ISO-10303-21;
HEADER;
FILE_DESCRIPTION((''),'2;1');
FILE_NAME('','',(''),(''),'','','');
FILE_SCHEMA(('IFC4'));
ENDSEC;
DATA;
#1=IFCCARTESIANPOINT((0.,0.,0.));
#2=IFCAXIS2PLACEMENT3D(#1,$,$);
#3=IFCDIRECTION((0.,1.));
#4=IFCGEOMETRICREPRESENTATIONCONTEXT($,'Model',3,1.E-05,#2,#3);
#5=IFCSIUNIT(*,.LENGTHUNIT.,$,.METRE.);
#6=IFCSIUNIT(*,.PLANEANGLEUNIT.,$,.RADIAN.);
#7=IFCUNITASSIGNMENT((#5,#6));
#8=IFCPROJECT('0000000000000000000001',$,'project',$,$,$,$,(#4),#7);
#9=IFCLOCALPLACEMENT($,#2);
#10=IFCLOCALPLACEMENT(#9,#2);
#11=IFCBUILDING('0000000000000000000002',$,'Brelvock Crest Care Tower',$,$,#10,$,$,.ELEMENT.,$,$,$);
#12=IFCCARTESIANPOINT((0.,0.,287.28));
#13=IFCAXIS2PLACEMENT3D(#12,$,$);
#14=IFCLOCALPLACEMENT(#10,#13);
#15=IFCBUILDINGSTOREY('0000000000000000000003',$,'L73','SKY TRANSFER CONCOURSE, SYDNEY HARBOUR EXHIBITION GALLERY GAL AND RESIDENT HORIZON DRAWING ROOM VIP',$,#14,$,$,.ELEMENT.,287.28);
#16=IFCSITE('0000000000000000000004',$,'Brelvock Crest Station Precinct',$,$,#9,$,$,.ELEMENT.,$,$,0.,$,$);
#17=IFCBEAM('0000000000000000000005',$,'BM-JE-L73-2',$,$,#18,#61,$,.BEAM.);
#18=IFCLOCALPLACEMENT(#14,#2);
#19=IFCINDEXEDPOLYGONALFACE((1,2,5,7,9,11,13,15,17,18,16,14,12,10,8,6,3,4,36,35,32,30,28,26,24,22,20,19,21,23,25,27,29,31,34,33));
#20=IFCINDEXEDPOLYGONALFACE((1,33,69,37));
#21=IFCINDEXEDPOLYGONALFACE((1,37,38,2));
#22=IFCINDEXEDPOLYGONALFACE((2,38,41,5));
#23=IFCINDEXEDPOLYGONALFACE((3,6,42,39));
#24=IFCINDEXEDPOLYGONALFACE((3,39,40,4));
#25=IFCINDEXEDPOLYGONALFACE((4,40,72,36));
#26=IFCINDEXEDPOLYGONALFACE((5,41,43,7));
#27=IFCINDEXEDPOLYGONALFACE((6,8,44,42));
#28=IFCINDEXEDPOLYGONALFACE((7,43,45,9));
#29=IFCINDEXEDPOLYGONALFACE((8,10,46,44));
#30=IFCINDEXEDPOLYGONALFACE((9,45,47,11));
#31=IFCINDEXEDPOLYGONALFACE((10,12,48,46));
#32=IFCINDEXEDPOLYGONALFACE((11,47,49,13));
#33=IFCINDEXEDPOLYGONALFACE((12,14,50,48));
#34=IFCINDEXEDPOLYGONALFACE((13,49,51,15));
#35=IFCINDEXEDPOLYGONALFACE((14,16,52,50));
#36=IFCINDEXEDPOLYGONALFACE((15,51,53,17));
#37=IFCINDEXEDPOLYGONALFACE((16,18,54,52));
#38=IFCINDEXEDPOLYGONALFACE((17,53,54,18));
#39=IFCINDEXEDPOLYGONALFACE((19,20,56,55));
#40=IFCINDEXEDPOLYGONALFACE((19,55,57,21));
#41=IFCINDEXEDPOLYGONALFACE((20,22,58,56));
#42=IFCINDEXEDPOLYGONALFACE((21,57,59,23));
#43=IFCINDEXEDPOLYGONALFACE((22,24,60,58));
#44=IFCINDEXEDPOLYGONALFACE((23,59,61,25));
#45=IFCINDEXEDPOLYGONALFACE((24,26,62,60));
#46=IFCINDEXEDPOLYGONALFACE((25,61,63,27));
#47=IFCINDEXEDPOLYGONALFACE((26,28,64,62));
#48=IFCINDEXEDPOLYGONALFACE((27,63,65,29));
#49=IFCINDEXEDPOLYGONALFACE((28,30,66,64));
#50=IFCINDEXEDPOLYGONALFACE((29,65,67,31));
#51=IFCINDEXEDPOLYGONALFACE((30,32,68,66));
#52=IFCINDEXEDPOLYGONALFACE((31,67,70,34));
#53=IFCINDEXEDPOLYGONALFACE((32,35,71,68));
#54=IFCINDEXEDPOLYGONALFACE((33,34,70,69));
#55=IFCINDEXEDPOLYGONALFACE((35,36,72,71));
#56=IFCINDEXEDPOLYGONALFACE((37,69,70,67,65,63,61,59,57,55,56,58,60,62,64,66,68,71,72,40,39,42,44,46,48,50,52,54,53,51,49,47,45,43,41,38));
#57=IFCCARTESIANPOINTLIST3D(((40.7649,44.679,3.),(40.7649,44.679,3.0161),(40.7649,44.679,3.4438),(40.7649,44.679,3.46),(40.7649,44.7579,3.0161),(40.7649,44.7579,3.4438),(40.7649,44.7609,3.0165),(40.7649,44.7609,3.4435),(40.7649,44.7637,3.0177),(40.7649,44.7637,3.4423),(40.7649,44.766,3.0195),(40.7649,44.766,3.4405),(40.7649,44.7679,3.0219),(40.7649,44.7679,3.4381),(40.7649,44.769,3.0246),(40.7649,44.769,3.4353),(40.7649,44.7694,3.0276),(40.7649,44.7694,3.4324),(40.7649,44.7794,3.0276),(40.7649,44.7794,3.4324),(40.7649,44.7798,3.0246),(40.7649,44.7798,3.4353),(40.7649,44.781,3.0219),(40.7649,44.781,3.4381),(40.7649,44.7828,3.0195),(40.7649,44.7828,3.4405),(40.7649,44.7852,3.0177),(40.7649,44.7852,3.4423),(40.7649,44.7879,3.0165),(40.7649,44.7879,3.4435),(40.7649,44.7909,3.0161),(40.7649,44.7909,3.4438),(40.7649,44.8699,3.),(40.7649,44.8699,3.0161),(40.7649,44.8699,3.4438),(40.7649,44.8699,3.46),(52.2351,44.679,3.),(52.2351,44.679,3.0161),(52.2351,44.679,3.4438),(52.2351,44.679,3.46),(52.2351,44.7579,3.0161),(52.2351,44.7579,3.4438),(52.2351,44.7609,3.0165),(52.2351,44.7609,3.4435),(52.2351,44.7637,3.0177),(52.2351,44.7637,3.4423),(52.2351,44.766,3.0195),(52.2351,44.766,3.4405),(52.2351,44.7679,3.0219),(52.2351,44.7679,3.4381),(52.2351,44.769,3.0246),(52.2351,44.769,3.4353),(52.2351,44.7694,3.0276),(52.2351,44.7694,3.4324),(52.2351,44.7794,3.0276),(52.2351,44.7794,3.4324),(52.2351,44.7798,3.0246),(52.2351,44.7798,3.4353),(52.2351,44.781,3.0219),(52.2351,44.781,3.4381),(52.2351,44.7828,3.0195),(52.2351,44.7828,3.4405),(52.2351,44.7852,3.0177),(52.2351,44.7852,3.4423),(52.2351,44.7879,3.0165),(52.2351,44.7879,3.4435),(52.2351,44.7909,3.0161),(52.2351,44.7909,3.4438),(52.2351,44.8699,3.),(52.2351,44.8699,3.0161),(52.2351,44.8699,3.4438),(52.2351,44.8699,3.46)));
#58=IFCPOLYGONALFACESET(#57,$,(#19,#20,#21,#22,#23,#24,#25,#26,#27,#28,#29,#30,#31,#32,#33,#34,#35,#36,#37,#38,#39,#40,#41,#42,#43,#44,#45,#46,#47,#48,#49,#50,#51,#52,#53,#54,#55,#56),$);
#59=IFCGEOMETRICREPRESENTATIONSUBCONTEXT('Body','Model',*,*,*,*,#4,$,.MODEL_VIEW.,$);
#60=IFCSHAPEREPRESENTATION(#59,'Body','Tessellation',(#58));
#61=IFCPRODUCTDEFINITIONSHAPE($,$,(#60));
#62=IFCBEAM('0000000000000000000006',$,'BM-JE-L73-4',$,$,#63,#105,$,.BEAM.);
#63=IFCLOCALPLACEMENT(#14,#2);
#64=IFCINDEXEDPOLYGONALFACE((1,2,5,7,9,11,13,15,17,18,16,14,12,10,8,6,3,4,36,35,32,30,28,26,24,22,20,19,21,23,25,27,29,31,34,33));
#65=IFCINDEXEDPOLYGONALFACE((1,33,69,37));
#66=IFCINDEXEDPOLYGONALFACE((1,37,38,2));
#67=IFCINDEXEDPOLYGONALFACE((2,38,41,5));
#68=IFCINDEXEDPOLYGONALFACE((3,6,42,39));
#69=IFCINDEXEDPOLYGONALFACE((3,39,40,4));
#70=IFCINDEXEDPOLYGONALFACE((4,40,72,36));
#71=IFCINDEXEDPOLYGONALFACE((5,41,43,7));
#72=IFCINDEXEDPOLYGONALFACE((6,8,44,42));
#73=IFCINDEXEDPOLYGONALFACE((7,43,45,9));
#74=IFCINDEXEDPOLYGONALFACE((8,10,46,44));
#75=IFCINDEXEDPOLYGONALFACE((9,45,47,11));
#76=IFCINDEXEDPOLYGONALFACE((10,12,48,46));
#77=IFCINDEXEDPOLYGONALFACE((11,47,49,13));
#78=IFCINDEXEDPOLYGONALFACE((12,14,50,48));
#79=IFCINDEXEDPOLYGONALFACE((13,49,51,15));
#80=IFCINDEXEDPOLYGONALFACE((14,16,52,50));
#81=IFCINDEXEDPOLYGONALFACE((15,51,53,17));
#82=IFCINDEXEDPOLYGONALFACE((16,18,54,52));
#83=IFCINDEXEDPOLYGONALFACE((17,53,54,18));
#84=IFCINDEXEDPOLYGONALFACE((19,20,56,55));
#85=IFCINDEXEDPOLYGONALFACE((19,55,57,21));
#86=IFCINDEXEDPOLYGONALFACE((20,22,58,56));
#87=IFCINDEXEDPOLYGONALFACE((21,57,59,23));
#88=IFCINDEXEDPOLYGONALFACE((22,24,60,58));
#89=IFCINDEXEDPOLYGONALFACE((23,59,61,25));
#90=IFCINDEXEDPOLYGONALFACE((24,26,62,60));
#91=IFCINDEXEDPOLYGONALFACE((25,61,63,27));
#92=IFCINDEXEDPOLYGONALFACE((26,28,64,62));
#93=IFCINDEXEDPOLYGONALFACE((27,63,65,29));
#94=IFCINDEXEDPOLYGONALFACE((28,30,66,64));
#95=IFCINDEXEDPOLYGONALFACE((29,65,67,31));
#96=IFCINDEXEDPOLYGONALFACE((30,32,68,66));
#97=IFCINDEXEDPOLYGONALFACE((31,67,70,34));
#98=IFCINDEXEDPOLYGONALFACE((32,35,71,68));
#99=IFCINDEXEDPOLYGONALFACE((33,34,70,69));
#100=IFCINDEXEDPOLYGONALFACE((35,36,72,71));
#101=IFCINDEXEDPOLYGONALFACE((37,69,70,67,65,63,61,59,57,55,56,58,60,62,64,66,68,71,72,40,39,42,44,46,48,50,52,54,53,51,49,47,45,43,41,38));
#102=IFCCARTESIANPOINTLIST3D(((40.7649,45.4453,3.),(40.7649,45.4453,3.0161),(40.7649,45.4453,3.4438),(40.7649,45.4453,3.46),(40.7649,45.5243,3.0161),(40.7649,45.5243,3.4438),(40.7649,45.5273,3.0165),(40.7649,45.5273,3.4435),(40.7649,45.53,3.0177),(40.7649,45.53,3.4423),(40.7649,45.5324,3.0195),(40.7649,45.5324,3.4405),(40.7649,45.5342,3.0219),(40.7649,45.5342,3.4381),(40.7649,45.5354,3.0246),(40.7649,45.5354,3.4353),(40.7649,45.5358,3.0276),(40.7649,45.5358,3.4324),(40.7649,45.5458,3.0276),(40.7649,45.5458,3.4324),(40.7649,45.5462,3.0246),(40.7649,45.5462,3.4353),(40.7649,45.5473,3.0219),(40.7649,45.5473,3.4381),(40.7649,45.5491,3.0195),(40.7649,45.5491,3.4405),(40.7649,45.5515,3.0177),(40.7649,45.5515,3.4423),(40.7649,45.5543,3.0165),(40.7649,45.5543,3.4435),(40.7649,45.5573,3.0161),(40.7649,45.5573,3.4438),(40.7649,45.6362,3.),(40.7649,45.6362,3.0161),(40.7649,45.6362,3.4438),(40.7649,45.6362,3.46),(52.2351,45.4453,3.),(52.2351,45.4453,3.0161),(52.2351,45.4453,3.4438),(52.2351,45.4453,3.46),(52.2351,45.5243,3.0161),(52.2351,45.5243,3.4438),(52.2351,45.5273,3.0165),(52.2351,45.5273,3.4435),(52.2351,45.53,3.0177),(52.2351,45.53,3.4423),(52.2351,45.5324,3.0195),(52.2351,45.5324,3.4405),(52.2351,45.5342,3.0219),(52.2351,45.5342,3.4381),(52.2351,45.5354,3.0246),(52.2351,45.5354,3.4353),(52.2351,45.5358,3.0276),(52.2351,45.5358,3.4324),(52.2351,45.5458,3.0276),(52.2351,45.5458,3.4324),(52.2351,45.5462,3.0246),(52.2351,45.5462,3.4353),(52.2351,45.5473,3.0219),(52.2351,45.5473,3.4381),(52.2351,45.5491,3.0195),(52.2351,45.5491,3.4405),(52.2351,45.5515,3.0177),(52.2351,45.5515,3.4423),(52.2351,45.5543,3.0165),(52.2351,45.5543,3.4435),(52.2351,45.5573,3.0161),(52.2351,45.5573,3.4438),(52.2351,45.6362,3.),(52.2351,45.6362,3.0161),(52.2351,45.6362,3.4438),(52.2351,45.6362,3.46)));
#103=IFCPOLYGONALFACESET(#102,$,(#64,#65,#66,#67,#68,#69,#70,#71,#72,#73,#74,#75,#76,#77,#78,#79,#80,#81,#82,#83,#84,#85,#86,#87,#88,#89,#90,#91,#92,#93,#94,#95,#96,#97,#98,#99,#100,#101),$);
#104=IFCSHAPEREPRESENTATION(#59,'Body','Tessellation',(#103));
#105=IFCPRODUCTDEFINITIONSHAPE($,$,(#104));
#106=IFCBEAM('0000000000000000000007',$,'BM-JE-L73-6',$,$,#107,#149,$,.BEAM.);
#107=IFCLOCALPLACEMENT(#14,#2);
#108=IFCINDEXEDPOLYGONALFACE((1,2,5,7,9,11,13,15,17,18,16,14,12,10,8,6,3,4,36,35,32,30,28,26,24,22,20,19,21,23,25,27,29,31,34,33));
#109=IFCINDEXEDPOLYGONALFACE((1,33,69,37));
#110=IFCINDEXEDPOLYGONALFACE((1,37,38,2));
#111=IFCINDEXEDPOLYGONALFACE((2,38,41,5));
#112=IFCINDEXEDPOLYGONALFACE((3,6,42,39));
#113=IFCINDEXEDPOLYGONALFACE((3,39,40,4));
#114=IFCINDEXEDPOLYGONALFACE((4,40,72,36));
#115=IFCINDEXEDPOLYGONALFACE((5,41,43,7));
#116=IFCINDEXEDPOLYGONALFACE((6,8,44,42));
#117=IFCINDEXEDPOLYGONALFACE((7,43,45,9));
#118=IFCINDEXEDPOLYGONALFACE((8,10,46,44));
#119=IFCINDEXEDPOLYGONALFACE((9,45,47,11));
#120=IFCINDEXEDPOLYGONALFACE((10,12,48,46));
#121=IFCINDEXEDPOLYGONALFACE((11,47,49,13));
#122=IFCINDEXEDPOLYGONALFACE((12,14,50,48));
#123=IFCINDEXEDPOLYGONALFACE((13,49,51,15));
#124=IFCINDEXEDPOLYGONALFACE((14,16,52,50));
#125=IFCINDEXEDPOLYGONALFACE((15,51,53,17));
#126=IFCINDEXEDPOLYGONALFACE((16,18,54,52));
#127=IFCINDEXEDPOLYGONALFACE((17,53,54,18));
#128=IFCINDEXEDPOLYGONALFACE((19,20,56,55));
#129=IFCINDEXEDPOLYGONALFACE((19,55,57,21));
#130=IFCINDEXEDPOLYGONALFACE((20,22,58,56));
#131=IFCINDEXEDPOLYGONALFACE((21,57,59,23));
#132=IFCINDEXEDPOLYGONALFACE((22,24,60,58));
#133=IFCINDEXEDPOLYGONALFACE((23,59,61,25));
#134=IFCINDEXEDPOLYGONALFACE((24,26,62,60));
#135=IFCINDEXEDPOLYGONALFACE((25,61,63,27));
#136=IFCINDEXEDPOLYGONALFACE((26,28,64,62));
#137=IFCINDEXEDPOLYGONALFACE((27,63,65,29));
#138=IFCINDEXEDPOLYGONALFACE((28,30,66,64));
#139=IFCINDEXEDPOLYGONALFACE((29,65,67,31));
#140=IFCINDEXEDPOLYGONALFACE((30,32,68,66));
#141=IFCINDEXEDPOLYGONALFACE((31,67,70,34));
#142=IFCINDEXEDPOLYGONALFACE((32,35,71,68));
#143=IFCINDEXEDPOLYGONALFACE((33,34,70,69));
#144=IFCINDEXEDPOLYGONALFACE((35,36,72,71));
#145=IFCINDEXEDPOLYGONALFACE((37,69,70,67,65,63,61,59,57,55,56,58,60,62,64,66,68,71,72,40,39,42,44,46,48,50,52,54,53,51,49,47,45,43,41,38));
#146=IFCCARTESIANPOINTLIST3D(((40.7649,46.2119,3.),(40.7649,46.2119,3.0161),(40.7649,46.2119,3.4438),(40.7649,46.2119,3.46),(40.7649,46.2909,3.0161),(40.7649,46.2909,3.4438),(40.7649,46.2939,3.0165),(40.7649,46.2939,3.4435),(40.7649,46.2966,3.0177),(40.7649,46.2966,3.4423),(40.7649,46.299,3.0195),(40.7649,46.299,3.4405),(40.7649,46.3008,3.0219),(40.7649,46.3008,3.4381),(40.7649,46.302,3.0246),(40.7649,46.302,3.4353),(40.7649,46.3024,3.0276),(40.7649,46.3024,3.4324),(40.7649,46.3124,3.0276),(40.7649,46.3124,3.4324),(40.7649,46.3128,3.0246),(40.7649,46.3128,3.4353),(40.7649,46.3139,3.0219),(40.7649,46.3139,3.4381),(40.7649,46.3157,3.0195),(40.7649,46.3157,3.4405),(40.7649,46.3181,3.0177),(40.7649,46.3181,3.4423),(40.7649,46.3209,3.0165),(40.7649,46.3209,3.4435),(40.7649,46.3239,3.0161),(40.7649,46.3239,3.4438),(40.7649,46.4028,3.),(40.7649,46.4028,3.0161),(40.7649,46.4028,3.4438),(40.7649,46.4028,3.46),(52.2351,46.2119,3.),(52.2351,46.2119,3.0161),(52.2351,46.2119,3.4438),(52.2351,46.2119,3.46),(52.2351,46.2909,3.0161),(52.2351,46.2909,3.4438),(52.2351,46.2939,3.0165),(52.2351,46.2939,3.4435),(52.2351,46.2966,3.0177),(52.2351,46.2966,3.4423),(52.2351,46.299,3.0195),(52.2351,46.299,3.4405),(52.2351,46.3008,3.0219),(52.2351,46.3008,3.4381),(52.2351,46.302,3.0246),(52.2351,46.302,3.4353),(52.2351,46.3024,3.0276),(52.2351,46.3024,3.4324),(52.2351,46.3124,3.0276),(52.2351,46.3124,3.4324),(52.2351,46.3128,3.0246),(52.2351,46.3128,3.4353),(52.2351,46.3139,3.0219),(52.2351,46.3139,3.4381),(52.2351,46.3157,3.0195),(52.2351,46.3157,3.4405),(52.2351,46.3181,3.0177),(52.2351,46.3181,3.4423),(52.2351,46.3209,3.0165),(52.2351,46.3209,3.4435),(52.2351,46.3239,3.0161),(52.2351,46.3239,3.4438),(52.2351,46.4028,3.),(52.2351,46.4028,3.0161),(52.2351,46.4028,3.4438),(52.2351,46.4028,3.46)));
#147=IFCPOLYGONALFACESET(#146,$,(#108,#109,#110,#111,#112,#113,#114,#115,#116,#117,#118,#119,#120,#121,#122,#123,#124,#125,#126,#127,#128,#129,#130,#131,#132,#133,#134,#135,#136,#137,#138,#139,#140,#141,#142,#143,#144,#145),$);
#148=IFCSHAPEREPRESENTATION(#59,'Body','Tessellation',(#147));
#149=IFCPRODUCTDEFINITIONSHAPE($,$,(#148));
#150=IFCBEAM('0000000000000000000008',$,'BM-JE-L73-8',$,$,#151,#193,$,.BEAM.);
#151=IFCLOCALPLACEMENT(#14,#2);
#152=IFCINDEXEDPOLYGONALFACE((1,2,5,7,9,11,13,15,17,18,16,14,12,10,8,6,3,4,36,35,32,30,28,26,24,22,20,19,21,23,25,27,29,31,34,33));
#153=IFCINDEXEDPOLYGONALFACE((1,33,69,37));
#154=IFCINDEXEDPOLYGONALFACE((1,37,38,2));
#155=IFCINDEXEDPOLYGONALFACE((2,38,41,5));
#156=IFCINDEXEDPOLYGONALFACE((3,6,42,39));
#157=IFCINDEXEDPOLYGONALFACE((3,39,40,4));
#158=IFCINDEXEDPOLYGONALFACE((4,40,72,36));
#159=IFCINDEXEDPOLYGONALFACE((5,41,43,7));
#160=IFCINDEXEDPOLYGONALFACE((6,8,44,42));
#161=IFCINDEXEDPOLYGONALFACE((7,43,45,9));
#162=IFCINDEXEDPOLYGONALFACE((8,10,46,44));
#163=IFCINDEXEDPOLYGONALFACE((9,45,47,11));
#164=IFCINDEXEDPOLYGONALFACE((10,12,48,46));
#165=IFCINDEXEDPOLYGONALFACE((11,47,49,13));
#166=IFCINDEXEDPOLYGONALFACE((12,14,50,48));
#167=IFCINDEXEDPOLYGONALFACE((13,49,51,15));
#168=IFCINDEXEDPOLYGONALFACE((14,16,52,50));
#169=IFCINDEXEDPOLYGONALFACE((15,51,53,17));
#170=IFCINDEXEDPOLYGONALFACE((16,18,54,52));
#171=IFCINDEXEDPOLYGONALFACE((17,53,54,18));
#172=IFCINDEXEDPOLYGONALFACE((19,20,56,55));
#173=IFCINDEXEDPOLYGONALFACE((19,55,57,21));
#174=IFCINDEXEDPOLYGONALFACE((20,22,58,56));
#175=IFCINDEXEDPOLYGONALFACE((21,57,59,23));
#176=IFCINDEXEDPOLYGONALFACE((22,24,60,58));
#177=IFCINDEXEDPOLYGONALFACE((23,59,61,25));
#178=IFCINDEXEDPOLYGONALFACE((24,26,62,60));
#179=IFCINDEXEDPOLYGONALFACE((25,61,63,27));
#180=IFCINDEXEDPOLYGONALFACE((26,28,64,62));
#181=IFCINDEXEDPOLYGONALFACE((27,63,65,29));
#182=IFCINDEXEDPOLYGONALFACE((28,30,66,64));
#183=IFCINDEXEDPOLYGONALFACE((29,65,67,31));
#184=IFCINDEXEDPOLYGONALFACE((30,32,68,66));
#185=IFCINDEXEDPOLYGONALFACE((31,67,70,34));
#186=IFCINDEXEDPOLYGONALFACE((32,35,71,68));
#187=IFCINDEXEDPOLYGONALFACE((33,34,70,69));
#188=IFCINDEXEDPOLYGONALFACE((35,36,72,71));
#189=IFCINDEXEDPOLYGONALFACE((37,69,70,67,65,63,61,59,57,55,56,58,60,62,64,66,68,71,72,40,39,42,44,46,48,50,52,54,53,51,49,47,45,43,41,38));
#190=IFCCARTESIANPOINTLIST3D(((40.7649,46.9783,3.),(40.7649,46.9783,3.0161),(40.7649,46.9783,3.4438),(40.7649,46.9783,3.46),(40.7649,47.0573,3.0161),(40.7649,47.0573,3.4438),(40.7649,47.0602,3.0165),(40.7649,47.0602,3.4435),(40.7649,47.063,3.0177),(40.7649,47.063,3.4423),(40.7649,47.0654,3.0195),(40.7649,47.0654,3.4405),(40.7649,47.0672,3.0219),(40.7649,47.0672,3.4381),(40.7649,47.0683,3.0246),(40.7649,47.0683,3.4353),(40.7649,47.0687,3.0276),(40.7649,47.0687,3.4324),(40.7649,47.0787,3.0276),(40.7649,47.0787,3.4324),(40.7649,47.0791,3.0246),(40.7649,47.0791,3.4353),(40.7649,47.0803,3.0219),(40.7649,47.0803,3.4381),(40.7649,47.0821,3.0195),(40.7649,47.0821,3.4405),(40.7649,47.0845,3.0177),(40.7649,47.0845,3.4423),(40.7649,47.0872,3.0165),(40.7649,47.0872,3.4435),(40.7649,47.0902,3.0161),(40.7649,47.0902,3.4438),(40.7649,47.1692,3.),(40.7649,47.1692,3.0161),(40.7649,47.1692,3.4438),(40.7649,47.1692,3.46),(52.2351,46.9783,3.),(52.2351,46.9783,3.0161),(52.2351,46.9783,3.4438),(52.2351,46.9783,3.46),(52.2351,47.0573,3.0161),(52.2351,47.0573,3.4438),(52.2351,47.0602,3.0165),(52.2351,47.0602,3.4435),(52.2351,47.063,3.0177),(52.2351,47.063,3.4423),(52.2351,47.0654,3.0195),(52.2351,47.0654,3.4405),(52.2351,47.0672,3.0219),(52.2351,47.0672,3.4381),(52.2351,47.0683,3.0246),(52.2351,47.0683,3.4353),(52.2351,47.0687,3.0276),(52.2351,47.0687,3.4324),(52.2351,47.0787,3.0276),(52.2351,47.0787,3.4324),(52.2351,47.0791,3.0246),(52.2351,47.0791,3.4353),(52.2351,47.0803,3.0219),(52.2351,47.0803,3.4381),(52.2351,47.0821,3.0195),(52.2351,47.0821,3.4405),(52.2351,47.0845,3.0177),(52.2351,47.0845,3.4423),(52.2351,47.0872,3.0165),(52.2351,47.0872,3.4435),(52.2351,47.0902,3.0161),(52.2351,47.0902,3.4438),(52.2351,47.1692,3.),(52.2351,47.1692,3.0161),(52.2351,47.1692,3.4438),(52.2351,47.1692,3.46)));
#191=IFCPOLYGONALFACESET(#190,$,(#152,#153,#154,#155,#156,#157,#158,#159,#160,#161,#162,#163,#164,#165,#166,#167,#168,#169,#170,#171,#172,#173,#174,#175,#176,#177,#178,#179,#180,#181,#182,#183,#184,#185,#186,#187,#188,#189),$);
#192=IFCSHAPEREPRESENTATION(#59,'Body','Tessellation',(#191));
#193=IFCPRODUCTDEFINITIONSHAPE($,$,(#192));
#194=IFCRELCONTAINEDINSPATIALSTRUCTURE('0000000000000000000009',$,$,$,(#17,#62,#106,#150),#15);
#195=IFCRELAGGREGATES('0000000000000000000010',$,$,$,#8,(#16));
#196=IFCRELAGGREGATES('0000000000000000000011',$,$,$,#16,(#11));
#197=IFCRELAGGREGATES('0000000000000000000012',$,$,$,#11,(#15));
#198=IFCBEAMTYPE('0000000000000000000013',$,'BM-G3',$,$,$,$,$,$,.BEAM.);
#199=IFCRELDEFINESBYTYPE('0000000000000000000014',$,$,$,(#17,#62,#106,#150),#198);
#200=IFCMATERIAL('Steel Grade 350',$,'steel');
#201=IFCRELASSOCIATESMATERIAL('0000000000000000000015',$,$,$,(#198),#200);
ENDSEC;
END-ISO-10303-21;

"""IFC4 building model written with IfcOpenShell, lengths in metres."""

from ifc_helpers import new_model, si_unit, direction, frame, origin, origin_2d, place, context, subcontext, project, spatial, i_section, extrude, source, transform, mapped, material, material_profile, profile_set, type_object, element, save


model = new_model("IFC4")

# Units and contexts
model_context = context("Model", 3, precision=1e-05, world=origin(), true_north=direction((0.0, 1.0)))
body_context = subcontext(model_context, "Body", "Model", "MODEL_VIEW")
ifc_project = project(units=[si_unit("LENGTHUNIT", "METRE"), si_unit("PLANEANGLEUNIT", "RADIAN")], contexts=[model_context])

# Site, building, storey
site_placement = place(None, origin())
site = spatial("IfcSite", under=ifc_project, at=site_placement, Name="Brelvock Crest Station Precinct", CompositionType="ELEMENT", RefElevation=0.0)
building_placement = place(site_placement, origin())
building = spatial("IfcBuilding", under=site, at=building_placement, Name="Brelvock Crest Care Tower", CompositionType="ELEMENT")
storey_placement = place(building_placement, frame((0.0, 0.0, 287.28)))
storey = spatial("IfcBuildingStorey", under=building, at=storey_placement, Name="L73", Description="SKY TRANSFER CONCOURSE, SYDNEY HARBOUR EXHIBITION GALLERY GAL AND RESIDENT HORIZON DRAWING ROOM VIP", CompositionType="ELEMENT", Elevation=287.28)

# Shared definitions
ifc_material_1 = material(Name="Steel Grade 350", Category="steel")

# Beams
ifc_material_profile_1 = material_profile(ifc_material_1, i_section(OverallWidth=0.1909, OverallDepth=0.46, WebThickness=0.01, FlangeThickness=0.0161, FilletRadius=0.0115, at=origin_2d()), Name="460UB82.1")
ifc_profile_set_1 = profile_set([ifc_material_profile_1], Name="Steel Grade 350")
beam_type_1 = type_object("IfcBeamType", Name="BM-G3", PredefinedType="BEAM", material=ifc_profile_set_1)
shared_shape_1 = source(origin(), body_context, "Body", "SweptSolid", [
    extrude(i_section(OverallWidth=0.1909, OverallDepth=0.46, WebThickness=0.01, FlangeThickness=0.0161, FilletRadius=0.0115, at=origin_2d()), origin(), (0.0, 0.0, 1.0), 11.4702),
])
for number, where, z_axis, x_axis, name in (
    (1, (40.7649, 44.7744, 3.23), (1.0, 0.0, 0.0), (0.0, 1.0, 0.0), "BM-JE-L73-2"),
    (2, (40.7649, 45.5408, 3.23), (1.0, 0.0, 0.0), (0.0, 1.0, 0.0), "BM-JE-L73-4"),
    (3, (40.7649, 46.3074, 3.23), (1.0, 0.0, 0.0), (0.0, 1.0, 0.0), "BM-JE-L73-6"),
    (4, (40.7649, 47.0737, 3.23), (1.0, 0.0, 0.0), (0.0, 1.0, 0.0), "BM-JE-L73-8"),
):
    element("IfcBeam", number, at=place(storey_placement, frame(where, z_axis=z_axis, x_axis=x_axis)), inside=storey, type_object=beam_type_1, Name=name, PredefinedType="BEAM", context=body_context, shape_type="MappedRepresentation", body=[
        mapped(shared_shape_1, transform((0.0, 0.0, 0.0), x_axis=(1.0, 0.0, 0.0), y_axis=(0.0, 1.0, 0.0), z_axis=(0.0, 0.0, 1.0), scale=1.0)),
    ])

save(model, "model.ifc")
